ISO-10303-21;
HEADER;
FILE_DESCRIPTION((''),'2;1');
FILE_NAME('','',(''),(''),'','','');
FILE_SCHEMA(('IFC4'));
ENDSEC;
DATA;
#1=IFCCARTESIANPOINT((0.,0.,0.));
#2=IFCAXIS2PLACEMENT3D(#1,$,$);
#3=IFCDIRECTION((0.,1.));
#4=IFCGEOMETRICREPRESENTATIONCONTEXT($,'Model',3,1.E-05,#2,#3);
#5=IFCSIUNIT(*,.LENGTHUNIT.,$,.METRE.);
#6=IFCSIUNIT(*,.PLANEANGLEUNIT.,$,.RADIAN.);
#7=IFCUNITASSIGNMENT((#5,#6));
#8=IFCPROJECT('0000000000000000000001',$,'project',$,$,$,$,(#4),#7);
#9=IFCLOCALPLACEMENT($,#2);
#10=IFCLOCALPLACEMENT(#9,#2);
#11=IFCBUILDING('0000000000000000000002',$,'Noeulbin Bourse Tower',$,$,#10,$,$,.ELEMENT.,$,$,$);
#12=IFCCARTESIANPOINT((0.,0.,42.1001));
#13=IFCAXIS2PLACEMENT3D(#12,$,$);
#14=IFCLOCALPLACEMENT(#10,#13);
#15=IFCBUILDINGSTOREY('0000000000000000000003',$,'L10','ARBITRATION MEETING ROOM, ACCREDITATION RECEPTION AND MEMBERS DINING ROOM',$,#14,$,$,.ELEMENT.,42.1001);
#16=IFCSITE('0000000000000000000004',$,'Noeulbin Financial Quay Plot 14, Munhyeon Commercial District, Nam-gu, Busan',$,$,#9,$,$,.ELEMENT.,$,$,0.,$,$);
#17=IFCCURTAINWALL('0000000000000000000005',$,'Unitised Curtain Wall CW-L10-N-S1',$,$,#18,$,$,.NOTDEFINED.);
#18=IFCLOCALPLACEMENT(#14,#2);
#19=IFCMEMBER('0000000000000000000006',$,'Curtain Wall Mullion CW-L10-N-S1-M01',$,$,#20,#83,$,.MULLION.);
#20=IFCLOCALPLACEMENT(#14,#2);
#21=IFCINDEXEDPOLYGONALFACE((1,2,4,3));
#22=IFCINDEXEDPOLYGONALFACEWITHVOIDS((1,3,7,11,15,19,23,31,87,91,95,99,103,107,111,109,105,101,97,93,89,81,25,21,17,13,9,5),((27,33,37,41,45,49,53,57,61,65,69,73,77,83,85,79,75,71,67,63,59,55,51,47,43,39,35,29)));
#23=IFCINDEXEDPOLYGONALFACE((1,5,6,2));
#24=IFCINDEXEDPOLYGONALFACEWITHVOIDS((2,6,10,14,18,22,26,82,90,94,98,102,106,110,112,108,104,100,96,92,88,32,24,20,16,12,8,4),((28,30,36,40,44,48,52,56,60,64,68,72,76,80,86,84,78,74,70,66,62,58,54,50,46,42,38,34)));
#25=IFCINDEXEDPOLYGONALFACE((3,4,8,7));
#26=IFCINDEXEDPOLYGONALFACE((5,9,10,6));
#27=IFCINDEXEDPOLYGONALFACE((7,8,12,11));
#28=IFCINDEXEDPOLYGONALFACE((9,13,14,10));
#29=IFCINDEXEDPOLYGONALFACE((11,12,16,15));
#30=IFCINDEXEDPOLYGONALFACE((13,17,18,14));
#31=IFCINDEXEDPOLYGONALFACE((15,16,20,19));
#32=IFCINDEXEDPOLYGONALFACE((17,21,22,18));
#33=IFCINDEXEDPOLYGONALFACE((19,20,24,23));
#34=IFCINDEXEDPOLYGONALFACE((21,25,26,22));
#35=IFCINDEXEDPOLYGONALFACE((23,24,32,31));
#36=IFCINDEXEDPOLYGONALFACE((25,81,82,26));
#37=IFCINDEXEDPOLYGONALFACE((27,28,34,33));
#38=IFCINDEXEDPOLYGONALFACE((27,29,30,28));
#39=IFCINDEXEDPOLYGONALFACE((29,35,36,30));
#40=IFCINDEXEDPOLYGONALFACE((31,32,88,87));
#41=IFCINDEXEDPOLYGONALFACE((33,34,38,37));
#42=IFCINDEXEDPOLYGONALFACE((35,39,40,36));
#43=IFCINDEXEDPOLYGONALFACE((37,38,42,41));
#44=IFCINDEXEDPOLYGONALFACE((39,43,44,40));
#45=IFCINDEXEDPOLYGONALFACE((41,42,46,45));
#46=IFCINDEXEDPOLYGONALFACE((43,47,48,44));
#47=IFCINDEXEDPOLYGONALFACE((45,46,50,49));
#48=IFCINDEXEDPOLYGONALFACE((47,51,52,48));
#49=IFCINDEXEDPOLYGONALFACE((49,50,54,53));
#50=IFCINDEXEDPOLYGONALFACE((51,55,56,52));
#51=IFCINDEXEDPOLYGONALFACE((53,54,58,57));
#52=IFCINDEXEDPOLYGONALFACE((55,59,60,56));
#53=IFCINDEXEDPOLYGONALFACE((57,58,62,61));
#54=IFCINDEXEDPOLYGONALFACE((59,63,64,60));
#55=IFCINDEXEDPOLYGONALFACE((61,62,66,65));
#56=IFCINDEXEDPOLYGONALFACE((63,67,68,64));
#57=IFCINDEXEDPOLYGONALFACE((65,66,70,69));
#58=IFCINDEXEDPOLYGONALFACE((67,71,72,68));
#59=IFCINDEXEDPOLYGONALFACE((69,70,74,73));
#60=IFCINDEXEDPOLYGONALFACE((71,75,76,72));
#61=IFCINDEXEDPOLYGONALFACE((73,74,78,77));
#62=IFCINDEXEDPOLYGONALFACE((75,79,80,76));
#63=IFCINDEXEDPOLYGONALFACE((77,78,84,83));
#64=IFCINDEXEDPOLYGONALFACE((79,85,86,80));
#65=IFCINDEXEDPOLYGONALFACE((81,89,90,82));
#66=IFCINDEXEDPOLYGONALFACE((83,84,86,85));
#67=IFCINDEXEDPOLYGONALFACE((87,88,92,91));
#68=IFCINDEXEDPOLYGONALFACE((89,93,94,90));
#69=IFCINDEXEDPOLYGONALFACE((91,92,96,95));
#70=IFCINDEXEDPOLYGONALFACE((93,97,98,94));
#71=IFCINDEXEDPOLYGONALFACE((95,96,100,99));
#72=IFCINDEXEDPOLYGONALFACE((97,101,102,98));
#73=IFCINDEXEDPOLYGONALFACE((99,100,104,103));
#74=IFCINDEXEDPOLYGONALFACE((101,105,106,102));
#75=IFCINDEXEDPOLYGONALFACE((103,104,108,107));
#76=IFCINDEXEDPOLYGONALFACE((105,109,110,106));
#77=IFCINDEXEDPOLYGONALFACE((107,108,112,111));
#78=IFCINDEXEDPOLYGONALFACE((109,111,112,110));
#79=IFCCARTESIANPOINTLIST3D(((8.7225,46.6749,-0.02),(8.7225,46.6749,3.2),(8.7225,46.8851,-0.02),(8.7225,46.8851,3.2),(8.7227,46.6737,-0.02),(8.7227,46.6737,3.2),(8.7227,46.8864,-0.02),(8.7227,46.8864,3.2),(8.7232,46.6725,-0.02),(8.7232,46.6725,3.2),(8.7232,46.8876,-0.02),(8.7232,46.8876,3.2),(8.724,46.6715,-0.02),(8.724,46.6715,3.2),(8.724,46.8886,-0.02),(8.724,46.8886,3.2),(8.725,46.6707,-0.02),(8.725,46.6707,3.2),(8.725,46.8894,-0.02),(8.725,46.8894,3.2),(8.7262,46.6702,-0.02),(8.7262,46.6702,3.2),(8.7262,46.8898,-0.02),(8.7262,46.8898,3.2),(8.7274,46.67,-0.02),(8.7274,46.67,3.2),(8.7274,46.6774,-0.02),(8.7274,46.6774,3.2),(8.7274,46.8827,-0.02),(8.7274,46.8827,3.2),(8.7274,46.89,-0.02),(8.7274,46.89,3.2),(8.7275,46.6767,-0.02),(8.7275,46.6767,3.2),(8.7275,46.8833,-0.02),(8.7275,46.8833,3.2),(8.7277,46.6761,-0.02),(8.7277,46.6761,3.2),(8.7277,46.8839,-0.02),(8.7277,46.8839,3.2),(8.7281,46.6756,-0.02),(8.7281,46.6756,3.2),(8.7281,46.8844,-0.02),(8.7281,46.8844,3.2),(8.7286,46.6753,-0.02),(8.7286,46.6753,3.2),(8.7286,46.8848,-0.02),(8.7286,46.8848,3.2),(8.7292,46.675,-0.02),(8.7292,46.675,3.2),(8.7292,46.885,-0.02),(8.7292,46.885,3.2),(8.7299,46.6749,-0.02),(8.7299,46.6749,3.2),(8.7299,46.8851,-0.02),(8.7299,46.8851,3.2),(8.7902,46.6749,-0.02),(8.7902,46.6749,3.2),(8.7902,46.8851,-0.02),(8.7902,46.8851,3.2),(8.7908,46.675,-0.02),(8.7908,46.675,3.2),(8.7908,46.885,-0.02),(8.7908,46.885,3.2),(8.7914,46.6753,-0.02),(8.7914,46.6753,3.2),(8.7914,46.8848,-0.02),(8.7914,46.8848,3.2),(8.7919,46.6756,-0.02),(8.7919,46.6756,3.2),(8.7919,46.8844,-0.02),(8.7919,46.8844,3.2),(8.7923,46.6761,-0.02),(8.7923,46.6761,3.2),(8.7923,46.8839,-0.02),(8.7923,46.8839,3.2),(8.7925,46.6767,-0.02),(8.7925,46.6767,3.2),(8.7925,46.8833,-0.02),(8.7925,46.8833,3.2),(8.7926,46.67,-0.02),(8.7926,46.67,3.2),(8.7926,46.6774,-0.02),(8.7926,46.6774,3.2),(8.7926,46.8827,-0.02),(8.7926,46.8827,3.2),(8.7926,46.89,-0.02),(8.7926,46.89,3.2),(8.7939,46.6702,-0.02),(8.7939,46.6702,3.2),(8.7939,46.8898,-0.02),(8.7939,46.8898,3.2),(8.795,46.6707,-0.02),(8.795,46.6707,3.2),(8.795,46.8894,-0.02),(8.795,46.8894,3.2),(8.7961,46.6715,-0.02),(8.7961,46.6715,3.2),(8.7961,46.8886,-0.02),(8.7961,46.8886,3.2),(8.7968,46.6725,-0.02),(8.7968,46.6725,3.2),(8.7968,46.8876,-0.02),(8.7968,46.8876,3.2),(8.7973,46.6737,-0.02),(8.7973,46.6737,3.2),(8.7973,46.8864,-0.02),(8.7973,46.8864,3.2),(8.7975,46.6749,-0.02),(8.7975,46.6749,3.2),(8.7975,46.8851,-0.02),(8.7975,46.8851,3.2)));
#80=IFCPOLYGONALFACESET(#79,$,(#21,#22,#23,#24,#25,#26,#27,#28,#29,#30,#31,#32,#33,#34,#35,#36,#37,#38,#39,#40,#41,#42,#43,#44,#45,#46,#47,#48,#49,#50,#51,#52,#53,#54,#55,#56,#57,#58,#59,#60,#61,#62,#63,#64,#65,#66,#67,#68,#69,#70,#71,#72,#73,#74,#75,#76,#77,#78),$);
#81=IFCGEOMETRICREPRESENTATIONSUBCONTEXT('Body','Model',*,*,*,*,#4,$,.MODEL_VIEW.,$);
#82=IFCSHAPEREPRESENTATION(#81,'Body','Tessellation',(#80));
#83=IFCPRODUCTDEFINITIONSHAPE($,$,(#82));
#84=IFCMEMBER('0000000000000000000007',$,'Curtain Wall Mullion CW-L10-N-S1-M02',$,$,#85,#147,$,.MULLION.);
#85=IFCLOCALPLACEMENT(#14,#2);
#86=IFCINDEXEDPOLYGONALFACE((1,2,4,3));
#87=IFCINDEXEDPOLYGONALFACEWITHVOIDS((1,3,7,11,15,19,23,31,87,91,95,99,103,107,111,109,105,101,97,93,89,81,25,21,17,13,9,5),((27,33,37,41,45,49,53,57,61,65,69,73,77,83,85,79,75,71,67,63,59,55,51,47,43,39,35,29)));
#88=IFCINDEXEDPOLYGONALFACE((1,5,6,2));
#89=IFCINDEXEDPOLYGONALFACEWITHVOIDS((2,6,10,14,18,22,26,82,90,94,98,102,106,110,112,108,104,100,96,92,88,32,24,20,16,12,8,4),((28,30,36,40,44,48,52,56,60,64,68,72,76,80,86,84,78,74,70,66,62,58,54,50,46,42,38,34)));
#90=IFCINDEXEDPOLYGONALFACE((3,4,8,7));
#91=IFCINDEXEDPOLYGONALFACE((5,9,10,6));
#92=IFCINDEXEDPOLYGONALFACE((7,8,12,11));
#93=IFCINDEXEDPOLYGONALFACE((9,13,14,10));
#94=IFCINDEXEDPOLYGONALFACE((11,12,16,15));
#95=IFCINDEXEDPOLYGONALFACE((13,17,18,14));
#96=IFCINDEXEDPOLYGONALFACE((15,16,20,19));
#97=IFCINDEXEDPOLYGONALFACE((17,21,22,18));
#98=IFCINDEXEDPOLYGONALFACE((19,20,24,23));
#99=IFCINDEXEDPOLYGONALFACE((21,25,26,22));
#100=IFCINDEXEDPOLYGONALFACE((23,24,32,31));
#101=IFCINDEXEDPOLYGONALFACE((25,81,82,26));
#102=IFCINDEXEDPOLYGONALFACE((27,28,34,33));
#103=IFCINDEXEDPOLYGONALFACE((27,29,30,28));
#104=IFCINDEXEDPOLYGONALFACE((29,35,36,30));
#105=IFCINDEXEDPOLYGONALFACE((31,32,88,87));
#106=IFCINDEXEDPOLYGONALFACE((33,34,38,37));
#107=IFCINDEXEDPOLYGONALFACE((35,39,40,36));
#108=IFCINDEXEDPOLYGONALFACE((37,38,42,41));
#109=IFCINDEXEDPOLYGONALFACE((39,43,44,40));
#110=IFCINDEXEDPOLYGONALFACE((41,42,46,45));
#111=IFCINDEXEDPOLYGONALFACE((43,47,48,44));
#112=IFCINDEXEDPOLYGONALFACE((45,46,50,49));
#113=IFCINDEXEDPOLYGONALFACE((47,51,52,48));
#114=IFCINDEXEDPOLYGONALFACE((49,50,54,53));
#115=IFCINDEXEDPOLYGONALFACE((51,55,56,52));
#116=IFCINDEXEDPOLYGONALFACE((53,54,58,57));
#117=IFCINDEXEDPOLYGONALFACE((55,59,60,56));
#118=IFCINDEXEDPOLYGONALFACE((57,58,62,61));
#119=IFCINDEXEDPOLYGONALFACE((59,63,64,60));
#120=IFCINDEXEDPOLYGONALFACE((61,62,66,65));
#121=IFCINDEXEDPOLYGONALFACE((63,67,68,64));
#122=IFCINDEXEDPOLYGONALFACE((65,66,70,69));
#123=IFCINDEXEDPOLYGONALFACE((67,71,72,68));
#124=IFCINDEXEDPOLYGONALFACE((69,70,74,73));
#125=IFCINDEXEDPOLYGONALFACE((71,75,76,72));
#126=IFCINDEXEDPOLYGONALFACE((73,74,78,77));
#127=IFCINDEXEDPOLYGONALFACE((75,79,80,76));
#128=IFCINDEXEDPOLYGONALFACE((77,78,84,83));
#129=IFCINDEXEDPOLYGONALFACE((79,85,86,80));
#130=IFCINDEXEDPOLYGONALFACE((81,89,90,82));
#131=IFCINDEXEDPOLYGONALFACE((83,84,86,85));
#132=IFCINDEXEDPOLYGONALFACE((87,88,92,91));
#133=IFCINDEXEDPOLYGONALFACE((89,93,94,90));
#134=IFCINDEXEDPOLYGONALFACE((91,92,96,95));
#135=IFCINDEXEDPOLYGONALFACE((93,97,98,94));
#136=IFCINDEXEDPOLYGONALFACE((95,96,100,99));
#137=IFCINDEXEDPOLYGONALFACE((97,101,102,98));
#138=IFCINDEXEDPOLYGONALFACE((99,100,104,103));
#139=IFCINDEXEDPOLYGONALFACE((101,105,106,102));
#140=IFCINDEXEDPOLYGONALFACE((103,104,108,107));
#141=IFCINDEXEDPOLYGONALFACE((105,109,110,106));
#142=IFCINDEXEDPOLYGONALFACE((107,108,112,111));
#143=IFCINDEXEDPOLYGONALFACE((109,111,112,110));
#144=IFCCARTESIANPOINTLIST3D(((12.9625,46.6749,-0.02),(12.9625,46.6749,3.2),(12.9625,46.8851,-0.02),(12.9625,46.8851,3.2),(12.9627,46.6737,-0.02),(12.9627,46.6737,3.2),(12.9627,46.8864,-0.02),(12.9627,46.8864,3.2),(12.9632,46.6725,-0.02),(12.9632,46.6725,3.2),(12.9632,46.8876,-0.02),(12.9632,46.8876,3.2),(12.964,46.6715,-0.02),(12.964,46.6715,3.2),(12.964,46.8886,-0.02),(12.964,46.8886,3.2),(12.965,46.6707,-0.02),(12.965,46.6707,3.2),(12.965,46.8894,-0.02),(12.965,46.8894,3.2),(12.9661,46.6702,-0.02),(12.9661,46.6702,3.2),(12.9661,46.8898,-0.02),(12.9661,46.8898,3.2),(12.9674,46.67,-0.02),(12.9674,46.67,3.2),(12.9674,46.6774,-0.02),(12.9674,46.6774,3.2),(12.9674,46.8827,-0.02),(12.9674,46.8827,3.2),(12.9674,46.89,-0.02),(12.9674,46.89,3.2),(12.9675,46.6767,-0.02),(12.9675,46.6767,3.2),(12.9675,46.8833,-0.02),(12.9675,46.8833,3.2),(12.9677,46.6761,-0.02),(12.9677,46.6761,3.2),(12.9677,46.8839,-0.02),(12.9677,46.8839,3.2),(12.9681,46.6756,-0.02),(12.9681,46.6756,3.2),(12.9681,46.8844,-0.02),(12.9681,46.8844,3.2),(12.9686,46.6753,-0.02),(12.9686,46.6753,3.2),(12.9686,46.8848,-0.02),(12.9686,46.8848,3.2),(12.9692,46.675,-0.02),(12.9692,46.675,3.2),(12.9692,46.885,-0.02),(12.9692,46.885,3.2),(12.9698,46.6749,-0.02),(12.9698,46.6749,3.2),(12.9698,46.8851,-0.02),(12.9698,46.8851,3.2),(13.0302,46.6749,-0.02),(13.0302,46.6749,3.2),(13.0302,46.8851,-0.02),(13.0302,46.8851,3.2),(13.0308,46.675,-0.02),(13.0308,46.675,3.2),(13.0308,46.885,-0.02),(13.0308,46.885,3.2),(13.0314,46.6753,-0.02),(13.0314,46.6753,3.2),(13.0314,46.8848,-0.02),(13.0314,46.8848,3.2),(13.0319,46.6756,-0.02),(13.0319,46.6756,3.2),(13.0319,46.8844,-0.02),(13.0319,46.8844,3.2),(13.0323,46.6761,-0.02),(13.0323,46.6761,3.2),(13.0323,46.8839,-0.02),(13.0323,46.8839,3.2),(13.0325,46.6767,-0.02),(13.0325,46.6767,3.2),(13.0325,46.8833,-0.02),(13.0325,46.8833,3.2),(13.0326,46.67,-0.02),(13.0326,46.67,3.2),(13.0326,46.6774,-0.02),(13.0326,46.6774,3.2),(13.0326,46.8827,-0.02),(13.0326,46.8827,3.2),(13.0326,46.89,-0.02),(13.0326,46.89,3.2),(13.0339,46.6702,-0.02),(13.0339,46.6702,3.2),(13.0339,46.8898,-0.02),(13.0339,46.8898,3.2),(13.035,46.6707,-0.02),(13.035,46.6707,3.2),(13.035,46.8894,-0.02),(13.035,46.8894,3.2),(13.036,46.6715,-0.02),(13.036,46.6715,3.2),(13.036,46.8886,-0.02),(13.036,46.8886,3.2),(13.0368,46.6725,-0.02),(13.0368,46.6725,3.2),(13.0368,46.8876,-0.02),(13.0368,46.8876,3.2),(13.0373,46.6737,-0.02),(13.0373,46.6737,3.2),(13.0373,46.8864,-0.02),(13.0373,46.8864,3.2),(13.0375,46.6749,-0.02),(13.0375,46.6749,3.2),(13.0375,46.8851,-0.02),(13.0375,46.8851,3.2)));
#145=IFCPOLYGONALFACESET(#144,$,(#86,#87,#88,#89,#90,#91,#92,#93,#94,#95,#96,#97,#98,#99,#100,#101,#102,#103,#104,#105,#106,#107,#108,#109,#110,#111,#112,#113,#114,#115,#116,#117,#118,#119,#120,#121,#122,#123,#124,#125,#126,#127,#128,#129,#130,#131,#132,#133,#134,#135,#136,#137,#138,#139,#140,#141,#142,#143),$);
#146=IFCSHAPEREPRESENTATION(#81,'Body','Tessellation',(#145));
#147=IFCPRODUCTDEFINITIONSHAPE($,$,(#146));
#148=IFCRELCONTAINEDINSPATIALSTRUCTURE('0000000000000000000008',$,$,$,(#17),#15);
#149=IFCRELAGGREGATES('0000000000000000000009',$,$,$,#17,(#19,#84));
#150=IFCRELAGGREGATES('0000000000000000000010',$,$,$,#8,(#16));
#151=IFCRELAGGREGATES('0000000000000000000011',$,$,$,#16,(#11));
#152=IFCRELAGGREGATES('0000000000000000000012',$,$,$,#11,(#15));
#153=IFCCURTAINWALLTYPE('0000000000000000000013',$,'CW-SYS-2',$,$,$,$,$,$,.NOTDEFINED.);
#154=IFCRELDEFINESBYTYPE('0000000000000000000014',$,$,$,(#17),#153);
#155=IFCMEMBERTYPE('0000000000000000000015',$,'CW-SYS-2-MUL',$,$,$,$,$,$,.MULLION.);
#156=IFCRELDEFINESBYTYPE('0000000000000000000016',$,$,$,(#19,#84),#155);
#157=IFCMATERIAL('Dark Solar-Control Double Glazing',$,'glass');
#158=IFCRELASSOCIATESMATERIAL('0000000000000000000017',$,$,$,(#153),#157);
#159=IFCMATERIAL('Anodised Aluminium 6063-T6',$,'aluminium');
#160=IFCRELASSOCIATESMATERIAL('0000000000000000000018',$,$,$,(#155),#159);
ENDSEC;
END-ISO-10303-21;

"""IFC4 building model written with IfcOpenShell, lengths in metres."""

from ifc_helpers import new_model, si_unit, direction, frame, origin, origin_2d, place, context, subcontext, project, spatial, hollow_rectangle, extrude, material, material_profile, profile_set, type_object, element, aggregate, save


model = new_model("IFC4")

# Units and contexts
model_context = context("Model", 3, precision=1e-05, world=origin(), true_north=direction((0.0, 1.0)))
body_context = subcontext(model_context, "Body", "Model", "MODEL_VIEW")
ifc_project = project(units=[si_unit("LENGTHUNIT", "METRE"), si_unit("PLANEANGLEUNIT", "RADIAN")], contexts=[model_context])

# Site, building, storey
site_placement = place(None, origin())
site = spatial("IfcSite", under=ifc_project, at=site_placement, Name="Noeulbin Financial Quay Plot 14, Munhyeon Commercial District, Nam-gu, Busan", CompositionType="ELEMENT", RefElevation=0.0)
building_placement = place(site_placement, origin())
building = spatial("IfcBuilding", under=site, at=building_placement, Name="Noeulbin Bourse Tower", CompositionType="ELEMENT")
storey_placement = place(building_placement, frame((0.0, 0.0, 42.1001)))
storey = spatial("IfcBuildingStorey", under=building, at=storey_placement, Name="L10", Description="ARBITRATION MEETING ROOM, ACCREDITATION RECEPTION AND MEMBERS DINING ROOM", CompositionType="ELEMENT", Elevation=42.1001)

# Curtain wall, members
ifc_material_1 = material(Name="Dark Solar-Control Double Glazing", Category="glass")
curtain_wall_type = type_object("IfcCurtainWallType", Name="CW-SYS-2", PredefinedType="NOTDEFINED", material=ifc_material_1)
curtain_wall_1_placement = place(storey_placement, origin())
curtain_wall_1 = element("IfcCurtainWall", 1, at=curtain_wall_1_placement, inside=storey, type_object=curtain_wall_type, Name="Unitised Curtain Wall CW-L10-N-S1", PredefinedType="NOTDEFINED")
ifc_material_2 = material(Name="Anodised Aluminium 6063-T6", Category="aluminium")
ifc_material_profile_1 = material_profile(ifc_material_2, hollow_rectangle(XDim=0.075, YDim=0.22, WallThickness=0.0049, InnerFilletRadius=0.0024, OuterFilletRadius=0.0049, at=origin_2d()), Name="ALU-MULL-75x220x5", Category="LoadBearing")
ifc_profile_set_1 = profile_set([ifc_material_profile_1], Name="Anodised Aluminium 6063-T6")
member_type_1 = type_object("IfcMemberType", Name="CW-SYS-2-MUL", PredefinedType="MULLION", material=ifc_profile_set_1)
member_1_placement = place(storey_placement, frame((8.76, 46.78, -0.02), z_axis=(0.0, 0.0, 1.0), x_axis=(1.0, 0.0, 0.0)))
member_1 = element("IfcMember", 2, at=member_1_placement, type_object=member_type_1, Name="Curtain Wall Mullion CW-L10-N-S1-M01", PredefinedType="MULLION", context=body_context, shape_type="SweptSolid", body=[
    extrude(hollow_rectangle(XDim=0.075, YDim=0.22, WallThickness=0.0049, InnerFilletRadius=0.0024, OuterFilletRadius=0.0049, at=origin_2d()), origin(), (0.0, 0.0, 1.0), 3.22),
])
member_2_placement = place(storey_placement, frame((13.0, 46.78, -0.02), z_axis=(0.0, 0.0, 1.0), x_axis=(1.0, 0.0, 0.0)))
member_2 = element("IfcMember", 3, at=member_2_placement, type_object=member_type_1, Name="Curtain Wall Mullion CW-L10-N-S1-M02", PredefinedType="MULLION", context=body_context, shape_type="SweptSolid", body=[
    extrude(hollow_rectangle(XDim=0.075, YDim=0.22, WallThickness=0.0049, InnerFilletRadius=0.0024, OuterFilletRadius=0.0049, at=origin_2d()), origin(), (0.0, 0.0, 1.0), 3.22),
])

aggregate(curtain_wall_1, [member_1, member_2])

save(model, "model.ifc")
